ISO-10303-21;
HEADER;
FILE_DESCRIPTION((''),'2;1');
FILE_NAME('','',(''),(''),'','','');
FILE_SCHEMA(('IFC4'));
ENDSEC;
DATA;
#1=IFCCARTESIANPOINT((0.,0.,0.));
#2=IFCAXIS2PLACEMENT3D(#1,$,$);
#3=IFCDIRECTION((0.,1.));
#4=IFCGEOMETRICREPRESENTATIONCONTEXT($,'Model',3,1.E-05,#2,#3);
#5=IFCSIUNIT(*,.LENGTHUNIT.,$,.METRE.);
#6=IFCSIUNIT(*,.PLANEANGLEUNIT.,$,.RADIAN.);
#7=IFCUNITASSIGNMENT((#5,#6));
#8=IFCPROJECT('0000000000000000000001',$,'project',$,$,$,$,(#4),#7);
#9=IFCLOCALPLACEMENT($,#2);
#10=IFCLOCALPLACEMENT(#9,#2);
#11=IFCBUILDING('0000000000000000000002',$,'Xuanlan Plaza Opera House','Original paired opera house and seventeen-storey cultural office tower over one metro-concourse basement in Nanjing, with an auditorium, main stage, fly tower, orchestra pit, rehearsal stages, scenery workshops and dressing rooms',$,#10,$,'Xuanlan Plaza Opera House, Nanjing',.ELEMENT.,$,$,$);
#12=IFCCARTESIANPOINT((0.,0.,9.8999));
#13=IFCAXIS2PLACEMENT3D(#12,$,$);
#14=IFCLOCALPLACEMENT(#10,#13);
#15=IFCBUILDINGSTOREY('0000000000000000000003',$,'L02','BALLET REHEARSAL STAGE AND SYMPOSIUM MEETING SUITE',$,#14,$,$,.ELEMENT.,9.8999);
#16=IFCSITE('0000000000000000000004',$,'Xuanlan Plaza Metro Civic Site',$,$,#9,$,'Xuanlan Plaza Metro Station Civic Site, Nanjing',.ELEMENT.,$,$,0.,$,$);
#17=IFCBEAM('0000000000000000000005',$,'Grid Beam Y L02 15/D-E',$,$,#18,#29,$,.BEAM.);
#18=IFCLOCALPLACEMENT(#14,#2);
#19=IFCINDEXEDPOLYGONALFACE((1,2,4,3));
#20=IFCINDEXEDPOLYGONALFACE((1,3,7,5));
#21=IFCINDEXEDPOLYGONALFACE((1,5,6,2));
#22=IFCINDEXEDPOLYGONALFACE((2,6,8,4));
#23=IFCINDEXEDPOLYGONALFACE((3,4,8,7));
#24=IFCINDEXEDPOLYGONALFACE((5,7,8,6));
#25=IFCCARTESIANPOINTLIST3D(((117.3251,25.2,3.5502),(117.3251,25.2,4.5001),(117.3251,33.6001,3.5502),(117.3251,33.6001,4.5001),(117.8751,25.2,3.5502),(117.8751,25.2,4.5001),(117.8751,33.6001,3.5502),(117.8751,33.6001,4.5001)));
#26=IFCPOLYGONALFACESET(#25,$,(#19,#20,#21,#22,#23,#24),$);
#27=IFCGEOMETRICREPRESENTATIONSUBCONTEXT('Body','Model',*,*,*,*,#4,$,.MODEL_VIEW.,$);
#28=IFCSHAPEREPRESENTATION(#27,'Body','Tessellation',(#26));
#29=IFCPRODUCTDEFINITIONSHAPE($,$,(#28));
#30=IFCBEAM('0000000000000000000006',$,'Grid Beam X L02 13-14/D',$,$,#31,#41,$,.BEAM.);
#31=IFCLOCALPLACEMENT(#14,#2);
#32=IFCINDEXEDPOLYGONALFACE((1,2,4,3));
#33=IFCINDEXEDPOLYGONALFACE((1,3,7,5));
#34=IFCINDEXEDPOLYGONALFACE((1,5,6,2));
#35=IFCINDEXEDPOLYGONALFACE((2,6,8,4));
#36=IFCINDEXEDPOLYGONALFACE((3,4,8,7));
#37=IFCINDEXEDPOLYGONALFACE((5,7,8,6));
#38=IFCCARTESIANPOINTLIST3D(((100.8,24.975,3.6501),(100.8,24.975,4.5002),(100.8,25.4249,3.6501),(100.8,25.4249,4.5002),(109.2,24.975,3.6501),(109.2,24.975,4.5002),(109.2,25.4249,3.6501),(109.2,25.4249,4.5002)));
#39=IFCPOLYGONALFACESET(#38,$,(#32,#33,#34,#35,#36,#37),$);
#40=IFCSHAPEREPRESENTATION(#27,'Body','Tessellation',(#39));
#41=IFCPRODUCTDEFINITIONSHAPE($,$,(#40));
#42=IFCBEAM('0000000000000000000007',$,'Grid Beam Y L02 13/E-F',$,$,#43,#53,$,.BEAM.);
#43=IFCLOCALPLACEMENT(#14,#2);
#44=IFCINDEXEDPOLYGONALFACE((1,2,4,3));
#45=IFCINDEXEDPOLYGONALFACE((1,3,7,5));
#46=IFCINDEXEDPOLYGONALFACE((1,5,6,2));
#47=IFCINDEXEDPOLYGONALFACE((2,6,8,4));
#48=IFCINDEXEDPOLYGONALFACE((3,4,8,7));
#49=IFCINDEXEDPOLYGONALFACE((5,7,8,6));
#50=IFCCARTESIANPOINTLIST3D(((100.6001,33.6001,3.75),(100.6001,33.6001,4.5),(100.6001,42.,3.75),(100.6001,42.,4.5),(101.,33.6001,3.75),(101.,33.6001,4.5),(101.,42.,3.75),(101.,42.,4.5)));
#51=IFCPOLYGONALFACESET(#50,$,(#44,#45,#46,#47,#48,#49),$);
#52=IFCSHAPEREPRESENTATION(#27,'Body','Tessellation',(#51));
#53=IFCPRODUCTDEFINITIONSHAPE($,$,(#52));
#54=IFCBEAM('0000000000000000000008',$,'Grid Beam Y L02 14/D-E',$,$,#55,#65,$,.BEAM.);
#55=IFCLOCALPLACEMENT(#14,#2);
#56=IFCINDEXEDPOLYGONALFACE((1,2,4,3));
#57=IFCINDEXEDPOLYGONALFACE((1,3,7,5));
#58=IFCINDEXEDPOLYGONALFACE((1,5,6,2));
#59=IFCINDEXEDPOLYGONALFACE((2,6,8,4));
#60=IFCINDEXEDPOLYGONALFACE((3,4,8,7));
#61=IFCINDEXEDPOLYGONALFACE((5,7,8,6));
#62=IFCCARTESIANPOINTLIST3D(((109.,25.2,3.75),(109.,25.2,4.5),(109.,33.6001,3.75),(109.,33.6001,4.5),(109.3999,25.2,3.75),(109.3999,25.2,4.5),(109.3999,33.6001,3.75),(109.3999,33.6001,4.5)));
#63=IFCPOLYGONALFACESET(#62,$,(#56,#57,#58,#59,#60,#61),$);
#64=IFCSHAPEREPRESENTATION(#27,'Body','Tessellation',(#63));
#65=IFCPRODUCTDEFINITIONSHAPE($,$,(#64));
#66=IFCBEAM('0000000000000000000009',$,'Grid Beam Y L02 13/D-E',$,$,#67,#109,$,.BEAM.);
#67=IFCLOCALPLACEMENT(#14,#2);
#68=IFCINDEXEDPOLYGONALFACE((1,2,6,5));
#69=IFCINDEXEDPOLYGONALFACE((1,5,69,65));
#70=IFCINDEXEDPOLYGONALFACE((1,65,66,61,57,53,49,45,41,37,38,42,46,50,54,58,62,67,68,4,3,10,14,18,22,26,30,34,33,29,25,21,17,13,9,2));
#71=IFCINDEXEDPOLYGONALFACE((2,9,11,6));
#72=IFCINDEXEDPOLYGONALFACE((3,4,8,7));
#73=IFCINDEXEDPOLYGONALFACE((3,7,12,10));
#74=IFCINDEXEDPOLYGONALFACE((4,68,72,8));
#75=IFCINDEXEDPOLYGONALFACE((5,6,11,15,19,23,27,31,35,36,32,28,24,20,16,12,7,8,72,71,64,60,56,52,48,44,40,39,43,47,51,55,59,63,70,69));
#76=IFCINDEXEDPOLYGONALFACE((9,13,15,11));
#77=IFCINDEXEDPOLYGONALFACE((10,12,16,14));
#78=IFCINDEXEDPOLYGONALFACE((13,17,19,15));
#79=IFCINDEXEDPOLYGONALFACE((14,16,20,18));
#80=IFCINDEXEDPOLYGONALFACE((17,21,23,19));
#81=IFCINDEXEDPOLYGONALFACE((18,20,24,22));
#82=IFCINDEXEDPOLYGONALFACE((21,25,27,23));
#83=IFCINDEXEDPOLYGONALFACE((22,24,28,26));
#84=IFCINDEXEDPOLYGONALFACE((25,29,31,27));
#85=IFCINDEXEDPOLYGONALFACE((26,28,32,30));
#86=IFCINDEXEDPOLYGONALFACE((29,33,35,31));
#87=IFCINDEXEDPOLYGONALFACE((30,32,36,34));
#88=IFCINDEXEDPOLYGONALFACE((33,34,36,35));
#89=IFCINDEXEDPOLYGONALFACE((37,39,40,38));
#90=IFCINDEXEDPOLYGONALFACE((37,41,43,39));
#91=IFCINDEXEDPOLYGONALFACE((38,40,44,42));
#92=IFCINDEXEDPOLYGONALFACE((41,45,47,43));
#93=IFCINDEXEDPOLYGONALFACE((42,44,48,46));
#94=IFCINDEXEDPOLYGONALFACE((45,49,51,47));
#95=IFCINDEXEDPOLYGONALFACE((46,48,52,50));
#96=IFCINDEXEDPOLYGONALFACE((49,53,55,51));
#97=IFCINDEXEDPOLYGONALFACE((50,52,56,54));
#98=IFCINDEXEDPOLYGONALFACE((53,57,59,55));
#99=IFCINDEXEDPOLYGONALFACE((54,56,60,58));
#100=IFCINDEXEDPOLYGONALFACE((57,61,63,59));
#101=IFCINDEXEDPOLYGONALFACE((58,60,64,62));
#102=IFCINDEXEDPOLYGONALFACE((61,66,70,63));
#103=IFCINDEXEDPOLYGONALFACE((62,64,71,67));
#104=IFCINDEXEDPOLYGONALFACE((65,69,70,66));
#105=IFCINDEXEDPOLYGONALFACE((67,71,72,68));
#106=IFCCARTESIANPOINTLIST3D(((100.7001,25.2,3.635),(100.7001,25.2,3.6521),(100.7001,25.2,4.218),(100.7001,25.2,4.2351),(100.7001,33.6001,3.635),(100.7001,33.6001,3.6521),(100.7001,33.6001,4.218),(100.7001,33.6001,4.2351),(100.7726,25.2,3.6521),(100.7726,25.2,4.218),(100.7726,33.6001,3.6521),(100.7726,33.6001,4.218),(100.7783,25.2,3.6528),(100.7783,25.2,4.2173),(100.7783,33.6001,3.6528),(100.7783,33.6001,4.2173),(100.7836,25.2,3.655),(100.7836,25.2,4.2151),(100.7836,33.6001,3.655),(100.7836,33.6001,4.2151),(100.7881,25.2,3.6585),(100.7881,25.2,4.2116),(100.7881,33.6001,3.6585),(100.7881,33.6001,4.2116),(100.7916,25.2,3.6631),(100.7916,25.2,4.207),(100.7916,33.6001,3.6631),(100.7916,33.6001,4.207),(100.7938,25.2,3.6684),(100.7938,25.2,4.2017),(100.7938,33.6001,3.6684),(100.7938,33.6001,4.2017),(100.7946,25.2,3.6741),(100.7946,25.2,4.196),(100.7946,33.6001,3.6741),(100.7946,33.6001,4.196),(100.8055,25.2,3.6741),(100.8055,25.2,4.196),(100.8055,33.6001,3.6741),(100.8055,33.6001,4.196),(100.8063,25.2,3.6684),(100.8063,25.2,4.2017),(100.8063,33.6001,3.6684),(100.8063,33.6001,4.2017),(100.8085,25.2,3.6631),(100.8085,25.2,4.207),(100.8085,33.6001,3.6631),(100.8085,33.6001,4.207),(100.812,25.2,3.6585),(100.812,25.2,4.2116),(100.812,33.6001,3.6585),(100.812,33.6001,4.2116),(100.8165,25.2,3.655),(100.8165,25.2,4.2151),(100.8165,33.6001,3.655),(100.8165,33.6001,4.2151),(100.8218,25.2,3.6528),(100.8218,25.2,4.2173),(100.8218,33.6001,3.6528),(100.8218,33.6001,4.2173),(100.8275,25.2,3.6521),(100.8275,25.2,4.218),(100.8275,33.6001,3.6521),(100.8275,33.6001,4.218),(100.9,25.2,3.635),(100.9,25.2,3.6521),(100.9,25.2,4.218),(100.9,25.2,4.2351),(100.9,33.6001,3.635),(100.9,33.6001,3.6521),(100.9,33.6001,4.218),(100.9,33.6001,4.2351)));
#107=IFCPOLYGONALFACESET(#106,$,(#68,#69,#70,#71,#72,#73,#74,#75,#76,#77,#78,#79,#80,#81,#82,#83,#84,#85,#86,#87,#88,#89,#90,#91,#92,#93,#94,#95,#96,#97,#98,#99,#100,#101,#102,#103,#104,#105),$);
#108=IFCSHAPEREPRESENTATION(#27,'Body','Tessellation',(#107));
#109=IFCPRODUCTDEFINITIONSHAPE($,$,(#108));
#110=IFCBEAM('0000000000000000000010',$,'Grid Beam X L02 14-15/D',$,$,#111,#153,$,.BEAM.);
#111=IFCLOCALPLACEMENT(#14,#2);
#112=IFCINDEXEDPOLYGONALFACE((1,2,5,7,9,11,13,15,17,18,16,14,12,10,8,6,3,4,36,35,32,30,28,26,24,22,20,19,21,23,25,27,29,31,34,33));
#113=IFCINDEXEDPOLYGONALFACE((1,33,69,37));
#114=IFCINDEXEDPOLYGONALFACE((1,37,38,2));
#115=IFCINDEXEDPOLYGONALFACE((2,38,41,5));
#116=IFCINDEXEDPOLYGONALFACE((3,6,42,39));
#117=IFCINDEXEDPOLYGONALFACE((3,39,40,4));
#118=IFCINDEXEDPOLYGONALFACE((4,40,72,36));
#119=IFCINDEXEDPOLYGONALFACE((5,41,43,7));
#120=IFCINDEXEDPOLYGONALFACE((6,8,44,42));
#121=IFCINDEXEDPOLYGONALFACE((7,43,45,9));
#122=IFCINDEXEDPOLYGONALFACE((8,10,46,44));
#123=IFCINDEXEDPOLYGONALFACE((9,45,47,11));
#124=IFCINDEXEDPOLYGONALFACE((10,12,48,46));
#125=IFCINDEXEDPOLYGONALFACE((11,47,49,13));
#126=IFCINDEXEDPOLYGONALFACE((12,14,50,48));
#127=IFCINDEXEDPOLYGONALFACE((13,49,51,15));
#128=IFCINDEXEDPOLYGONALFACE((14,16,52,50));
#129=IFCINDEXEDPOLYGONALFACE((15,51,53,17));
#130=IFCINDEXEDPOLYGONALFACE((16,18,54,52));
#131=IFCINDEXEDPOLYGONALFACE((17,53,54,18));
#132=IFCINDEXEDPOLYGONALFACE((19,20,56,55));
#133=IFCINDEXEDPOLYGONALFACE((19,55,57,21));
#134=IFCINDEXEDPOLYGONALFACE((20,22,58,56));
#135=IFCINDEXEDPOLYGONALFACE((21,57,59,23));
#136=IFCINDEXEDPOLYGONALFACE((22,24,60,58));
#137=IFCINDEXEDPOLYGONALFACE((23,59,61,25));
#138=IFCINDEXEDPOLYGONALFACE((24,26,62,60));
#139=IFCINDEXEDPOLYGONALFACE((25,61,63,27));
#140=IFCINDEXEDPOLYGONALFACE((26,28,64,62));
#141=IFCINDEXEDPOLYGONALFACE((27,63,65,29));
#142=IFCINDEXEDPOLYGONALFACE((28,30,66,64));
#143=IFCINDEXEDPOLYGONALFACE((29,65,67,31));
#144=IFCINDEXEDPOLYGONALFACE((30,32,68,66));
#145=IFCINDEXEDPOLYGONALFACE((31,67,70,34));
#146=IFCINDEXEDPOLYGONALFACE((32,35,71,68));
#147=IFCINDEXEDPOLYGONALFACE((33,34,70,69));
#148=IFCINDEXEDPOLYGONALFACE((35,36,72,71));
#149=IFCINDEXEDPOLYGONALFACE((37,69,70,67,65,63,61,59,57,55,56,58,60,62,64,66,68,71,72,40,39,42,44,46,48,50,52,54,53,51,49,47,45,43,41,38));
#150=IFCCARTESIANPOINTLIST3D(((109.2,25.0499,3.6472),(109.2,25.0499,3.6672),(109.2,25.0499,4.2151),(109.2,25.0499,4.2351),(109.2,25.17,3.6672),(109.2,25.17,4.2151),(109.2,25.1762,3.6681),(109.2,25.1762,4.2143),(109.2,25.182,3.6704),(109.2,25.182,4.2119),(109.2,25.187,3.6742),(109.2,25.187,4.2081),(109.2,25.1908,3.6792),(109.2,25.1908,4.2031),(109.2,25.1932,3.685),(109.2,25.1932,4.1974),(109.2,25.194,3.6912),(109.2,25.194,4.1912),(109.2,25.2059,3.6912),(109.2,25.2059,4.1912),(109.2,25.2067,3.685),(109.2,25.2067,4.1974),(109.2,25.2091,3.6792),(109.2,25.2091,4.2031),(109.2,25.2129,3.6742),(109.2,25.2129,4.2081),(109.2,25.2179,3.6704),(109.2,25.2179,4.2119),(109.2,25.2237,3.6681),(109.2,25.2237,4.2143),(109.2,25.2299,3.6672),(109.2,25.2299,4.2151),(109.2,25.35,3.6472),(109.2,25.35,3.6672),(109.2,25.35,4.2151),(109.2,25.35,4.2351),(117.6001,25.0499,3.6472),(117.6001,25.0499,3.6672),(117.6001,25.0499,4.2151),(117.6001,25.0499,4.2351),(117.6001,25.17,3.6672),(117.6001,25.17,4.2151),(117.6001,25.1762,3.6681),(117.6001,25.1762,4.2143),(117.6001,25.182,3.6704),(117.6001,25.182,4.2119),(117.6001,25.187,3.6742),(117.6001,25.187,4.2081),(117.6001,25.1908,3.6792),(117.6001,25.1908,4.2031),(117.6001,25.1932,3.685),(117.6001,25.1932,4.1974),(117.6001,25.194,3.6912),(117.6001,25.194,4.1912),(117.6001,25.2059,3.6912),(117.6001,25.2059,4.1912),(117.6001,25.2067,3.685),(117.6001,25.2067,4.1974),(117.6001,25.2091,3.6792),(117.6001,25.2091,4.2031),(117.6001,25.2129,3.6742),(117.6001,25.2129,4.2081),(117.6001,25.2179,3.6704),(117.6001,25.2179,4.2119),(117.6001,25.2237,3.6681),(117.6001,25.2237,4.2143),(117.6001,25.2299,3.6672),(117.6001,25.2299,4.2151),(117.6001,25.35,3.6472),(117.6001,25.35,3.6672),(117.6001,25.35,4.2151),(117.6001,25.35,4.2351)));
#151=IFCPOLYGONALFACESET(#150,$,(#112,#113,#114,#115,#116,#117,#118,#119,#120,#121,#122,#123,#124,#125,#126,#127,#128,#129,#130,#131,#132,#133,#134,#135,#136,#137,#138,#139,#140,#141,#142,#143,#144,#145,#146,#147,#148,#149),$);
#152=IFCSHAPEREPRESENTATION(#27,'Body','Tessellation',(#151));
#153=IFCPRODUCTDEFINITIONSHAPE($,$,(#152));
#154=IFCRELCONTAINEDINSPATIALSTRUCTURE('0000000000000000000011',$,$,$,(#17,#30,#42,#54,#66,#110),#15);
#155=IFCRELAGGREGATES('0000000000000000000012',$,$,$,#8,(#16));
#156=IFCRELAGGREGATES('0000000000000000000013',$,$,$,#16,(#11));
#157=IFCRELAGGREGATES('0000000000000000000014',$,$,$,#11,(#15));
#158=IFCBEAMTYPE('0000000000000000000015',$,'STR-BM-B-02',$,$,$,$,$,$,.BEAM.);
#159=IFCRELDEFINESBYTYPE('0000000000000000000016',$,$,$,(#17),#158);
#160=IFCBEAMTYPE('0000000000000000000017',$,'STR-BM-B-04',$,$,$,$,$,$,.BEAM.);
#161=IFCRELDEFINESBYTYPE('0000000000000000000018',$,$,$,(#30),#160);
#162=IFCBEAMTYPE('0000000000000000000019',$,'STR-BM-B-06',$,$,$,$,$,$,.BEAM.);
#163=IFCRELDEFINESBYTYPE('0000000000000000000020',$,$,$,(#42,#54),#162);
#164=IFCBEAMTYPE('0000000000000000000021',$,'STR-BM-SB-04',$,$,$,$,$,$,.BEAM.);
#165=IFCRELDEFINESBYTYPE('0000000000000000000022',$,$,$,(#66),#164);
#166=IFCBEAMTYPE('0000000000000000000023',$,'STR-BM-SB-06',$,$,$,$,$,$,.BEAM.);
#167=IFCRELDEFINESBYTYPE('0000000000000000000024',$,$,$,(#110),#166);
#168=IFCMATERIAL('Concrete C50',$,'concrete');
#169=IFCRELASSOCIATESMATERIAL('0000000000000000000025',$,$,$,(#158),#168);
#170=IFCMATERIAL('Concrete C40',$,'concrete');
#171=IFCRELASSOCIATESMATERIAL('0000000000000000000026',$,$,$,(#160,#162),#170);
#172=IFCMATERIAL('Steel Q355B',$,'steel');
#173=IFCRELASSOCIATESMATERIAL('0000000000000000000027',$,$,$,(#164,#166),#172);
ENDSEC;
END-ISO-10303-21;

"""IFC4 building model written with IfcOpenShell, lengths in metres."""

from ifc_helpers import new_model, si_unit, direction, frame, origin, origin_2d, place, context, subcontext, project, spatial, rectangle, i_section, extrude, material, material_profile, profile_set, type_object, element, save


model = new_model("IFC4")

# Units and contexts
model_context = context("Model", 3, precision=1e-05, world=origin(), true_north=direction((0.0, 1.0)))
body_context = subcontext(model_context, "Body", "Model", "MODEL_VIEW")
ifc_project = project(units=[si_unit("LENGTHUNIT", "METRE"), si_unit("PLANEANGLEUNIT", "RADIAN")], contexts=[model_context])

# Site, building, storey
site_placement = place(None, origin())
site = spatial("IfcSite", under=ifc_project, at=site_placement, Name="Xuanlan Plaza Metro Civic Site", LongName="Xuanlan Plaza Metro Station Civic Site, Nanjing", CompositionType="ELEMENT", RefElevation=0.0)
building_placement = place(site_placement, origin())
building = spatial("IfcBuilding", under=site, at=building_placement, Name="Xuanlan Plaza Opera House", Description="Original paired opera house and seventeen-storey cultural office tower over one metro-concourse basement in Nanjing, with an auditorium, main stage, fly tower, orchestra pit, rehearsal stages, scenery workshops and dressing rooms", LongName="Xuanlan Plaza Opera House, Nanjing", CompositionType="ELEMENT")
storey_placement = place(building_placement, frame((0.0, 0.0, 9.8999)))
storey = spatial("IfcBuildingStorey", under=building, at=storey_placement, Name="L02", Description="BALLET REHEARSAL STAGE AND SYMPOSIUM MEETING SUITE", CompositionType="ELEMENT", Elevation=9.8999)

# Shared definitions
ifc_material_1 = material(Name="Concrete C40", Category="concrete")
ifc_material_2 = material(Name="Steel Q355B", Category="steel")

# Beams
ifc_material_3 = material(Name="Concrete C50", Category="concrete")
ifc_material_profile_1 = material_profile(ifc_material_3, rectangle(XDim=0.55, YDim=0.95, at=origin_2d()), Name="RC-BM 550x950")
ifc_profile_set_1 = profile_set([ifc_material_profile_1], Name="Concrete C50")
beam_type_1 = type_object("IfcBeamType", Name="STR-BM-B-02", PredefinedType="BEAM", material=ifc_profile_set_1)
beam_1_placement = place(storey_placement, frame((117.6001, 25.2, 4.0251), z_axis=(0.0, 1.0, 0.0), x_axis=(-1.0, 0.0, 0.0)))
element("IfcBeam", 1, at=beam_1_placement, inside=storey, type_object=beam_type_1, Name="Grid Beam Y L02 15/D-E", PredefinedType="BEAM", context=body_context, shape_type="SweptSolid", body=[
    extrude(rectangle(XDim=0.55, YDim=0.95, at=origin_2d()), origin(), (0.0, 0.0, 1.0), 8.4001),
])
ifc_material_profile_2 = material_profile(ifc_material_1, rectangle(XDim=0.45, YDim=0.8501, at=origin_2d()), Name="RC-BM 450x850")
ifc_profile_set_2 = profile_set([ifc_material_profile_2], Name="Concrete C40")
beam_type_2 = type_object("IfcBeamType", Name="STR-BM-B-04", PredefinedType="BEAM", material=ifc_profile_set_2)
beam_2_placement = place(storey_placement, frame((100.8, 25.2, 4.0752), z_axis=(1.0, 0.0, 0.0), x_axis=(0.0, 1.0, 0.0)))
element("IfcBeam", 2, at=beam_2_placement, inside=storey, type_object=beam_type_2, Name="Grid Beam X L02 13-14/D", PredefinedType="BEAM", context=body_context, shape_type="SweptSolid", body=[
    extrude(rectangle(XDim=0.45, YDim=0.8501, at=origin_2d()), origin(), (0.0, 0.0, 1.0), 8.3999),
])
ifc_material_profile_3 = material_profile(ifc_material_1, rectangle(XDim=0.3999, YDim=0.75, at=origin_2d()), Name="RC-BM 400x750")
ifc_profile_set_3 = profile_set([ifc_material_profile_3], Name="Concrete C40")
beam_type_3 = type_object("IfcBeamType", Name="STR-BM-B-06", PredefinedType="BEAM", material=ifc_profile_set_3)
beam_3_placement = place(storey_placement, frame((100.8, 33.6001, 4.125), z_axis=(0.0, 1.0, 0.0), x_axis=(-1.0, 0.0, 0.0)))
element("IfcBeam", 3, at=beam_3_placement, inside=storey, type_object=beam_type_3, Name="Grid Beam Y L02 13/E-F", PredefinedType="BEAM", context=body_context, shape_type="SweptSolid", body=[
    extrude(rectangle(XDim=0.3999, YDim=0.75, at=origin_2d()), origin(), (0.0, 0.0, 1.0), 8.3999),
])
beam_4_placement = place(storey_placement, frame((109.2, 25.2, 4.125), z_axis=(0.0, 1.0, 0.0), x_axis=(-1.0, 0.0, 0.0)))
element("IfcBeam", 4, at=beam_4_placement, inside=storey, type_object=beam_type_3, Name="Grid Beam Y L02 14/D-E", PredefinedType="BEAM", context=body_context, shape_type="SweptSolid", body=[
    extrude(rectangle(XDim=0.3999, YDim=0.75, at=origin_2d()), origin(), (0.0, 0.0, 1.0), 8.4001),
])
ifc_material_profile_4 = material_profile(ifc_material_2, i_section(OverallWidth=0.2, OverallDepth=0.6001, WebThickness=0.011, FlangeThickness=0.0171, FilletRadius=0.022, at=origin_2d()), Name="HN 600x200x11x17")
ifc_profile_set_4 = profile_set([ifc_material_profile_4], Name="Steel Q355B")
beam_type_4 = type_object("IfcBeamType", Name="STR-BM-SB-04", PredefinedType="BEAM", material=ifc_profile_set_4)
beam_5_placement = place(storey_placement, frame((100.8, 25.2, 3.9351), z_axis=(0.0, 1.0, 0.0), x_axis=(-1.0, 0.0, 0.0)))
element("IfcBeam", 5, at=beam_5_placement, inside=storey, type_object=beam_type_4, Name="Grid Beam Y L02 13/D-E", PredefinedType="BEAM", context=body_context, shape_type="SweptSolid", body=[
    extrude(i_section(OverallWidth=0.2, OverallDepth=0.6001, WebThickness=0.011, FlangeThickness=0.0171, FilletRadius=0.022, at=origin_2d()), origin(), (0.0, 0.0, 1.0), 8.4001),
])
ifc_material_profile_5 = material_profile(ifc_material_2, i_section(OverallWidth=0.3, OverallDepth=0.5879, WebThickness=0.012, FlangeThickness=0.02, FilletRadius=0.0239, at=origin_2d()), Name="HM 588x300x12x20")
ifc_profile_set_5 = profile_set([ifc_material_profile_5], Name="Steel Q355B")
beam_type_5 = type_object("IfcBeamType", Name="STR-BM-SB-06", PredefinedType="BEAM", material=ifc_profile_set_5)
beam_6_placement = place(storey_placement, frame((109.2, 25.2, 3.9412), z_axis=(1.0, 0.0, 0.0), x_axis=(0.0, 1.0, 0.0)))
element("IfcBeam", 6, at=beam_6_placement, inside=storey, type_object=beam_type_5, Name="Grid Beam X L02 14-15/D", PredefinedType="BEAM", context=body_context, shape_type="SweptSolid", body=[
    extrude(i_section(OverallWidth=0.3, OverallDepth=0.5879, WebThickness=0.012, FlangeThickness=0.02, FilletRadius=0.0239, at=origin_2d()), origin(), (0.0, 0.0, 1.0), 8.4001),
])

save(model, "model.ifc")
